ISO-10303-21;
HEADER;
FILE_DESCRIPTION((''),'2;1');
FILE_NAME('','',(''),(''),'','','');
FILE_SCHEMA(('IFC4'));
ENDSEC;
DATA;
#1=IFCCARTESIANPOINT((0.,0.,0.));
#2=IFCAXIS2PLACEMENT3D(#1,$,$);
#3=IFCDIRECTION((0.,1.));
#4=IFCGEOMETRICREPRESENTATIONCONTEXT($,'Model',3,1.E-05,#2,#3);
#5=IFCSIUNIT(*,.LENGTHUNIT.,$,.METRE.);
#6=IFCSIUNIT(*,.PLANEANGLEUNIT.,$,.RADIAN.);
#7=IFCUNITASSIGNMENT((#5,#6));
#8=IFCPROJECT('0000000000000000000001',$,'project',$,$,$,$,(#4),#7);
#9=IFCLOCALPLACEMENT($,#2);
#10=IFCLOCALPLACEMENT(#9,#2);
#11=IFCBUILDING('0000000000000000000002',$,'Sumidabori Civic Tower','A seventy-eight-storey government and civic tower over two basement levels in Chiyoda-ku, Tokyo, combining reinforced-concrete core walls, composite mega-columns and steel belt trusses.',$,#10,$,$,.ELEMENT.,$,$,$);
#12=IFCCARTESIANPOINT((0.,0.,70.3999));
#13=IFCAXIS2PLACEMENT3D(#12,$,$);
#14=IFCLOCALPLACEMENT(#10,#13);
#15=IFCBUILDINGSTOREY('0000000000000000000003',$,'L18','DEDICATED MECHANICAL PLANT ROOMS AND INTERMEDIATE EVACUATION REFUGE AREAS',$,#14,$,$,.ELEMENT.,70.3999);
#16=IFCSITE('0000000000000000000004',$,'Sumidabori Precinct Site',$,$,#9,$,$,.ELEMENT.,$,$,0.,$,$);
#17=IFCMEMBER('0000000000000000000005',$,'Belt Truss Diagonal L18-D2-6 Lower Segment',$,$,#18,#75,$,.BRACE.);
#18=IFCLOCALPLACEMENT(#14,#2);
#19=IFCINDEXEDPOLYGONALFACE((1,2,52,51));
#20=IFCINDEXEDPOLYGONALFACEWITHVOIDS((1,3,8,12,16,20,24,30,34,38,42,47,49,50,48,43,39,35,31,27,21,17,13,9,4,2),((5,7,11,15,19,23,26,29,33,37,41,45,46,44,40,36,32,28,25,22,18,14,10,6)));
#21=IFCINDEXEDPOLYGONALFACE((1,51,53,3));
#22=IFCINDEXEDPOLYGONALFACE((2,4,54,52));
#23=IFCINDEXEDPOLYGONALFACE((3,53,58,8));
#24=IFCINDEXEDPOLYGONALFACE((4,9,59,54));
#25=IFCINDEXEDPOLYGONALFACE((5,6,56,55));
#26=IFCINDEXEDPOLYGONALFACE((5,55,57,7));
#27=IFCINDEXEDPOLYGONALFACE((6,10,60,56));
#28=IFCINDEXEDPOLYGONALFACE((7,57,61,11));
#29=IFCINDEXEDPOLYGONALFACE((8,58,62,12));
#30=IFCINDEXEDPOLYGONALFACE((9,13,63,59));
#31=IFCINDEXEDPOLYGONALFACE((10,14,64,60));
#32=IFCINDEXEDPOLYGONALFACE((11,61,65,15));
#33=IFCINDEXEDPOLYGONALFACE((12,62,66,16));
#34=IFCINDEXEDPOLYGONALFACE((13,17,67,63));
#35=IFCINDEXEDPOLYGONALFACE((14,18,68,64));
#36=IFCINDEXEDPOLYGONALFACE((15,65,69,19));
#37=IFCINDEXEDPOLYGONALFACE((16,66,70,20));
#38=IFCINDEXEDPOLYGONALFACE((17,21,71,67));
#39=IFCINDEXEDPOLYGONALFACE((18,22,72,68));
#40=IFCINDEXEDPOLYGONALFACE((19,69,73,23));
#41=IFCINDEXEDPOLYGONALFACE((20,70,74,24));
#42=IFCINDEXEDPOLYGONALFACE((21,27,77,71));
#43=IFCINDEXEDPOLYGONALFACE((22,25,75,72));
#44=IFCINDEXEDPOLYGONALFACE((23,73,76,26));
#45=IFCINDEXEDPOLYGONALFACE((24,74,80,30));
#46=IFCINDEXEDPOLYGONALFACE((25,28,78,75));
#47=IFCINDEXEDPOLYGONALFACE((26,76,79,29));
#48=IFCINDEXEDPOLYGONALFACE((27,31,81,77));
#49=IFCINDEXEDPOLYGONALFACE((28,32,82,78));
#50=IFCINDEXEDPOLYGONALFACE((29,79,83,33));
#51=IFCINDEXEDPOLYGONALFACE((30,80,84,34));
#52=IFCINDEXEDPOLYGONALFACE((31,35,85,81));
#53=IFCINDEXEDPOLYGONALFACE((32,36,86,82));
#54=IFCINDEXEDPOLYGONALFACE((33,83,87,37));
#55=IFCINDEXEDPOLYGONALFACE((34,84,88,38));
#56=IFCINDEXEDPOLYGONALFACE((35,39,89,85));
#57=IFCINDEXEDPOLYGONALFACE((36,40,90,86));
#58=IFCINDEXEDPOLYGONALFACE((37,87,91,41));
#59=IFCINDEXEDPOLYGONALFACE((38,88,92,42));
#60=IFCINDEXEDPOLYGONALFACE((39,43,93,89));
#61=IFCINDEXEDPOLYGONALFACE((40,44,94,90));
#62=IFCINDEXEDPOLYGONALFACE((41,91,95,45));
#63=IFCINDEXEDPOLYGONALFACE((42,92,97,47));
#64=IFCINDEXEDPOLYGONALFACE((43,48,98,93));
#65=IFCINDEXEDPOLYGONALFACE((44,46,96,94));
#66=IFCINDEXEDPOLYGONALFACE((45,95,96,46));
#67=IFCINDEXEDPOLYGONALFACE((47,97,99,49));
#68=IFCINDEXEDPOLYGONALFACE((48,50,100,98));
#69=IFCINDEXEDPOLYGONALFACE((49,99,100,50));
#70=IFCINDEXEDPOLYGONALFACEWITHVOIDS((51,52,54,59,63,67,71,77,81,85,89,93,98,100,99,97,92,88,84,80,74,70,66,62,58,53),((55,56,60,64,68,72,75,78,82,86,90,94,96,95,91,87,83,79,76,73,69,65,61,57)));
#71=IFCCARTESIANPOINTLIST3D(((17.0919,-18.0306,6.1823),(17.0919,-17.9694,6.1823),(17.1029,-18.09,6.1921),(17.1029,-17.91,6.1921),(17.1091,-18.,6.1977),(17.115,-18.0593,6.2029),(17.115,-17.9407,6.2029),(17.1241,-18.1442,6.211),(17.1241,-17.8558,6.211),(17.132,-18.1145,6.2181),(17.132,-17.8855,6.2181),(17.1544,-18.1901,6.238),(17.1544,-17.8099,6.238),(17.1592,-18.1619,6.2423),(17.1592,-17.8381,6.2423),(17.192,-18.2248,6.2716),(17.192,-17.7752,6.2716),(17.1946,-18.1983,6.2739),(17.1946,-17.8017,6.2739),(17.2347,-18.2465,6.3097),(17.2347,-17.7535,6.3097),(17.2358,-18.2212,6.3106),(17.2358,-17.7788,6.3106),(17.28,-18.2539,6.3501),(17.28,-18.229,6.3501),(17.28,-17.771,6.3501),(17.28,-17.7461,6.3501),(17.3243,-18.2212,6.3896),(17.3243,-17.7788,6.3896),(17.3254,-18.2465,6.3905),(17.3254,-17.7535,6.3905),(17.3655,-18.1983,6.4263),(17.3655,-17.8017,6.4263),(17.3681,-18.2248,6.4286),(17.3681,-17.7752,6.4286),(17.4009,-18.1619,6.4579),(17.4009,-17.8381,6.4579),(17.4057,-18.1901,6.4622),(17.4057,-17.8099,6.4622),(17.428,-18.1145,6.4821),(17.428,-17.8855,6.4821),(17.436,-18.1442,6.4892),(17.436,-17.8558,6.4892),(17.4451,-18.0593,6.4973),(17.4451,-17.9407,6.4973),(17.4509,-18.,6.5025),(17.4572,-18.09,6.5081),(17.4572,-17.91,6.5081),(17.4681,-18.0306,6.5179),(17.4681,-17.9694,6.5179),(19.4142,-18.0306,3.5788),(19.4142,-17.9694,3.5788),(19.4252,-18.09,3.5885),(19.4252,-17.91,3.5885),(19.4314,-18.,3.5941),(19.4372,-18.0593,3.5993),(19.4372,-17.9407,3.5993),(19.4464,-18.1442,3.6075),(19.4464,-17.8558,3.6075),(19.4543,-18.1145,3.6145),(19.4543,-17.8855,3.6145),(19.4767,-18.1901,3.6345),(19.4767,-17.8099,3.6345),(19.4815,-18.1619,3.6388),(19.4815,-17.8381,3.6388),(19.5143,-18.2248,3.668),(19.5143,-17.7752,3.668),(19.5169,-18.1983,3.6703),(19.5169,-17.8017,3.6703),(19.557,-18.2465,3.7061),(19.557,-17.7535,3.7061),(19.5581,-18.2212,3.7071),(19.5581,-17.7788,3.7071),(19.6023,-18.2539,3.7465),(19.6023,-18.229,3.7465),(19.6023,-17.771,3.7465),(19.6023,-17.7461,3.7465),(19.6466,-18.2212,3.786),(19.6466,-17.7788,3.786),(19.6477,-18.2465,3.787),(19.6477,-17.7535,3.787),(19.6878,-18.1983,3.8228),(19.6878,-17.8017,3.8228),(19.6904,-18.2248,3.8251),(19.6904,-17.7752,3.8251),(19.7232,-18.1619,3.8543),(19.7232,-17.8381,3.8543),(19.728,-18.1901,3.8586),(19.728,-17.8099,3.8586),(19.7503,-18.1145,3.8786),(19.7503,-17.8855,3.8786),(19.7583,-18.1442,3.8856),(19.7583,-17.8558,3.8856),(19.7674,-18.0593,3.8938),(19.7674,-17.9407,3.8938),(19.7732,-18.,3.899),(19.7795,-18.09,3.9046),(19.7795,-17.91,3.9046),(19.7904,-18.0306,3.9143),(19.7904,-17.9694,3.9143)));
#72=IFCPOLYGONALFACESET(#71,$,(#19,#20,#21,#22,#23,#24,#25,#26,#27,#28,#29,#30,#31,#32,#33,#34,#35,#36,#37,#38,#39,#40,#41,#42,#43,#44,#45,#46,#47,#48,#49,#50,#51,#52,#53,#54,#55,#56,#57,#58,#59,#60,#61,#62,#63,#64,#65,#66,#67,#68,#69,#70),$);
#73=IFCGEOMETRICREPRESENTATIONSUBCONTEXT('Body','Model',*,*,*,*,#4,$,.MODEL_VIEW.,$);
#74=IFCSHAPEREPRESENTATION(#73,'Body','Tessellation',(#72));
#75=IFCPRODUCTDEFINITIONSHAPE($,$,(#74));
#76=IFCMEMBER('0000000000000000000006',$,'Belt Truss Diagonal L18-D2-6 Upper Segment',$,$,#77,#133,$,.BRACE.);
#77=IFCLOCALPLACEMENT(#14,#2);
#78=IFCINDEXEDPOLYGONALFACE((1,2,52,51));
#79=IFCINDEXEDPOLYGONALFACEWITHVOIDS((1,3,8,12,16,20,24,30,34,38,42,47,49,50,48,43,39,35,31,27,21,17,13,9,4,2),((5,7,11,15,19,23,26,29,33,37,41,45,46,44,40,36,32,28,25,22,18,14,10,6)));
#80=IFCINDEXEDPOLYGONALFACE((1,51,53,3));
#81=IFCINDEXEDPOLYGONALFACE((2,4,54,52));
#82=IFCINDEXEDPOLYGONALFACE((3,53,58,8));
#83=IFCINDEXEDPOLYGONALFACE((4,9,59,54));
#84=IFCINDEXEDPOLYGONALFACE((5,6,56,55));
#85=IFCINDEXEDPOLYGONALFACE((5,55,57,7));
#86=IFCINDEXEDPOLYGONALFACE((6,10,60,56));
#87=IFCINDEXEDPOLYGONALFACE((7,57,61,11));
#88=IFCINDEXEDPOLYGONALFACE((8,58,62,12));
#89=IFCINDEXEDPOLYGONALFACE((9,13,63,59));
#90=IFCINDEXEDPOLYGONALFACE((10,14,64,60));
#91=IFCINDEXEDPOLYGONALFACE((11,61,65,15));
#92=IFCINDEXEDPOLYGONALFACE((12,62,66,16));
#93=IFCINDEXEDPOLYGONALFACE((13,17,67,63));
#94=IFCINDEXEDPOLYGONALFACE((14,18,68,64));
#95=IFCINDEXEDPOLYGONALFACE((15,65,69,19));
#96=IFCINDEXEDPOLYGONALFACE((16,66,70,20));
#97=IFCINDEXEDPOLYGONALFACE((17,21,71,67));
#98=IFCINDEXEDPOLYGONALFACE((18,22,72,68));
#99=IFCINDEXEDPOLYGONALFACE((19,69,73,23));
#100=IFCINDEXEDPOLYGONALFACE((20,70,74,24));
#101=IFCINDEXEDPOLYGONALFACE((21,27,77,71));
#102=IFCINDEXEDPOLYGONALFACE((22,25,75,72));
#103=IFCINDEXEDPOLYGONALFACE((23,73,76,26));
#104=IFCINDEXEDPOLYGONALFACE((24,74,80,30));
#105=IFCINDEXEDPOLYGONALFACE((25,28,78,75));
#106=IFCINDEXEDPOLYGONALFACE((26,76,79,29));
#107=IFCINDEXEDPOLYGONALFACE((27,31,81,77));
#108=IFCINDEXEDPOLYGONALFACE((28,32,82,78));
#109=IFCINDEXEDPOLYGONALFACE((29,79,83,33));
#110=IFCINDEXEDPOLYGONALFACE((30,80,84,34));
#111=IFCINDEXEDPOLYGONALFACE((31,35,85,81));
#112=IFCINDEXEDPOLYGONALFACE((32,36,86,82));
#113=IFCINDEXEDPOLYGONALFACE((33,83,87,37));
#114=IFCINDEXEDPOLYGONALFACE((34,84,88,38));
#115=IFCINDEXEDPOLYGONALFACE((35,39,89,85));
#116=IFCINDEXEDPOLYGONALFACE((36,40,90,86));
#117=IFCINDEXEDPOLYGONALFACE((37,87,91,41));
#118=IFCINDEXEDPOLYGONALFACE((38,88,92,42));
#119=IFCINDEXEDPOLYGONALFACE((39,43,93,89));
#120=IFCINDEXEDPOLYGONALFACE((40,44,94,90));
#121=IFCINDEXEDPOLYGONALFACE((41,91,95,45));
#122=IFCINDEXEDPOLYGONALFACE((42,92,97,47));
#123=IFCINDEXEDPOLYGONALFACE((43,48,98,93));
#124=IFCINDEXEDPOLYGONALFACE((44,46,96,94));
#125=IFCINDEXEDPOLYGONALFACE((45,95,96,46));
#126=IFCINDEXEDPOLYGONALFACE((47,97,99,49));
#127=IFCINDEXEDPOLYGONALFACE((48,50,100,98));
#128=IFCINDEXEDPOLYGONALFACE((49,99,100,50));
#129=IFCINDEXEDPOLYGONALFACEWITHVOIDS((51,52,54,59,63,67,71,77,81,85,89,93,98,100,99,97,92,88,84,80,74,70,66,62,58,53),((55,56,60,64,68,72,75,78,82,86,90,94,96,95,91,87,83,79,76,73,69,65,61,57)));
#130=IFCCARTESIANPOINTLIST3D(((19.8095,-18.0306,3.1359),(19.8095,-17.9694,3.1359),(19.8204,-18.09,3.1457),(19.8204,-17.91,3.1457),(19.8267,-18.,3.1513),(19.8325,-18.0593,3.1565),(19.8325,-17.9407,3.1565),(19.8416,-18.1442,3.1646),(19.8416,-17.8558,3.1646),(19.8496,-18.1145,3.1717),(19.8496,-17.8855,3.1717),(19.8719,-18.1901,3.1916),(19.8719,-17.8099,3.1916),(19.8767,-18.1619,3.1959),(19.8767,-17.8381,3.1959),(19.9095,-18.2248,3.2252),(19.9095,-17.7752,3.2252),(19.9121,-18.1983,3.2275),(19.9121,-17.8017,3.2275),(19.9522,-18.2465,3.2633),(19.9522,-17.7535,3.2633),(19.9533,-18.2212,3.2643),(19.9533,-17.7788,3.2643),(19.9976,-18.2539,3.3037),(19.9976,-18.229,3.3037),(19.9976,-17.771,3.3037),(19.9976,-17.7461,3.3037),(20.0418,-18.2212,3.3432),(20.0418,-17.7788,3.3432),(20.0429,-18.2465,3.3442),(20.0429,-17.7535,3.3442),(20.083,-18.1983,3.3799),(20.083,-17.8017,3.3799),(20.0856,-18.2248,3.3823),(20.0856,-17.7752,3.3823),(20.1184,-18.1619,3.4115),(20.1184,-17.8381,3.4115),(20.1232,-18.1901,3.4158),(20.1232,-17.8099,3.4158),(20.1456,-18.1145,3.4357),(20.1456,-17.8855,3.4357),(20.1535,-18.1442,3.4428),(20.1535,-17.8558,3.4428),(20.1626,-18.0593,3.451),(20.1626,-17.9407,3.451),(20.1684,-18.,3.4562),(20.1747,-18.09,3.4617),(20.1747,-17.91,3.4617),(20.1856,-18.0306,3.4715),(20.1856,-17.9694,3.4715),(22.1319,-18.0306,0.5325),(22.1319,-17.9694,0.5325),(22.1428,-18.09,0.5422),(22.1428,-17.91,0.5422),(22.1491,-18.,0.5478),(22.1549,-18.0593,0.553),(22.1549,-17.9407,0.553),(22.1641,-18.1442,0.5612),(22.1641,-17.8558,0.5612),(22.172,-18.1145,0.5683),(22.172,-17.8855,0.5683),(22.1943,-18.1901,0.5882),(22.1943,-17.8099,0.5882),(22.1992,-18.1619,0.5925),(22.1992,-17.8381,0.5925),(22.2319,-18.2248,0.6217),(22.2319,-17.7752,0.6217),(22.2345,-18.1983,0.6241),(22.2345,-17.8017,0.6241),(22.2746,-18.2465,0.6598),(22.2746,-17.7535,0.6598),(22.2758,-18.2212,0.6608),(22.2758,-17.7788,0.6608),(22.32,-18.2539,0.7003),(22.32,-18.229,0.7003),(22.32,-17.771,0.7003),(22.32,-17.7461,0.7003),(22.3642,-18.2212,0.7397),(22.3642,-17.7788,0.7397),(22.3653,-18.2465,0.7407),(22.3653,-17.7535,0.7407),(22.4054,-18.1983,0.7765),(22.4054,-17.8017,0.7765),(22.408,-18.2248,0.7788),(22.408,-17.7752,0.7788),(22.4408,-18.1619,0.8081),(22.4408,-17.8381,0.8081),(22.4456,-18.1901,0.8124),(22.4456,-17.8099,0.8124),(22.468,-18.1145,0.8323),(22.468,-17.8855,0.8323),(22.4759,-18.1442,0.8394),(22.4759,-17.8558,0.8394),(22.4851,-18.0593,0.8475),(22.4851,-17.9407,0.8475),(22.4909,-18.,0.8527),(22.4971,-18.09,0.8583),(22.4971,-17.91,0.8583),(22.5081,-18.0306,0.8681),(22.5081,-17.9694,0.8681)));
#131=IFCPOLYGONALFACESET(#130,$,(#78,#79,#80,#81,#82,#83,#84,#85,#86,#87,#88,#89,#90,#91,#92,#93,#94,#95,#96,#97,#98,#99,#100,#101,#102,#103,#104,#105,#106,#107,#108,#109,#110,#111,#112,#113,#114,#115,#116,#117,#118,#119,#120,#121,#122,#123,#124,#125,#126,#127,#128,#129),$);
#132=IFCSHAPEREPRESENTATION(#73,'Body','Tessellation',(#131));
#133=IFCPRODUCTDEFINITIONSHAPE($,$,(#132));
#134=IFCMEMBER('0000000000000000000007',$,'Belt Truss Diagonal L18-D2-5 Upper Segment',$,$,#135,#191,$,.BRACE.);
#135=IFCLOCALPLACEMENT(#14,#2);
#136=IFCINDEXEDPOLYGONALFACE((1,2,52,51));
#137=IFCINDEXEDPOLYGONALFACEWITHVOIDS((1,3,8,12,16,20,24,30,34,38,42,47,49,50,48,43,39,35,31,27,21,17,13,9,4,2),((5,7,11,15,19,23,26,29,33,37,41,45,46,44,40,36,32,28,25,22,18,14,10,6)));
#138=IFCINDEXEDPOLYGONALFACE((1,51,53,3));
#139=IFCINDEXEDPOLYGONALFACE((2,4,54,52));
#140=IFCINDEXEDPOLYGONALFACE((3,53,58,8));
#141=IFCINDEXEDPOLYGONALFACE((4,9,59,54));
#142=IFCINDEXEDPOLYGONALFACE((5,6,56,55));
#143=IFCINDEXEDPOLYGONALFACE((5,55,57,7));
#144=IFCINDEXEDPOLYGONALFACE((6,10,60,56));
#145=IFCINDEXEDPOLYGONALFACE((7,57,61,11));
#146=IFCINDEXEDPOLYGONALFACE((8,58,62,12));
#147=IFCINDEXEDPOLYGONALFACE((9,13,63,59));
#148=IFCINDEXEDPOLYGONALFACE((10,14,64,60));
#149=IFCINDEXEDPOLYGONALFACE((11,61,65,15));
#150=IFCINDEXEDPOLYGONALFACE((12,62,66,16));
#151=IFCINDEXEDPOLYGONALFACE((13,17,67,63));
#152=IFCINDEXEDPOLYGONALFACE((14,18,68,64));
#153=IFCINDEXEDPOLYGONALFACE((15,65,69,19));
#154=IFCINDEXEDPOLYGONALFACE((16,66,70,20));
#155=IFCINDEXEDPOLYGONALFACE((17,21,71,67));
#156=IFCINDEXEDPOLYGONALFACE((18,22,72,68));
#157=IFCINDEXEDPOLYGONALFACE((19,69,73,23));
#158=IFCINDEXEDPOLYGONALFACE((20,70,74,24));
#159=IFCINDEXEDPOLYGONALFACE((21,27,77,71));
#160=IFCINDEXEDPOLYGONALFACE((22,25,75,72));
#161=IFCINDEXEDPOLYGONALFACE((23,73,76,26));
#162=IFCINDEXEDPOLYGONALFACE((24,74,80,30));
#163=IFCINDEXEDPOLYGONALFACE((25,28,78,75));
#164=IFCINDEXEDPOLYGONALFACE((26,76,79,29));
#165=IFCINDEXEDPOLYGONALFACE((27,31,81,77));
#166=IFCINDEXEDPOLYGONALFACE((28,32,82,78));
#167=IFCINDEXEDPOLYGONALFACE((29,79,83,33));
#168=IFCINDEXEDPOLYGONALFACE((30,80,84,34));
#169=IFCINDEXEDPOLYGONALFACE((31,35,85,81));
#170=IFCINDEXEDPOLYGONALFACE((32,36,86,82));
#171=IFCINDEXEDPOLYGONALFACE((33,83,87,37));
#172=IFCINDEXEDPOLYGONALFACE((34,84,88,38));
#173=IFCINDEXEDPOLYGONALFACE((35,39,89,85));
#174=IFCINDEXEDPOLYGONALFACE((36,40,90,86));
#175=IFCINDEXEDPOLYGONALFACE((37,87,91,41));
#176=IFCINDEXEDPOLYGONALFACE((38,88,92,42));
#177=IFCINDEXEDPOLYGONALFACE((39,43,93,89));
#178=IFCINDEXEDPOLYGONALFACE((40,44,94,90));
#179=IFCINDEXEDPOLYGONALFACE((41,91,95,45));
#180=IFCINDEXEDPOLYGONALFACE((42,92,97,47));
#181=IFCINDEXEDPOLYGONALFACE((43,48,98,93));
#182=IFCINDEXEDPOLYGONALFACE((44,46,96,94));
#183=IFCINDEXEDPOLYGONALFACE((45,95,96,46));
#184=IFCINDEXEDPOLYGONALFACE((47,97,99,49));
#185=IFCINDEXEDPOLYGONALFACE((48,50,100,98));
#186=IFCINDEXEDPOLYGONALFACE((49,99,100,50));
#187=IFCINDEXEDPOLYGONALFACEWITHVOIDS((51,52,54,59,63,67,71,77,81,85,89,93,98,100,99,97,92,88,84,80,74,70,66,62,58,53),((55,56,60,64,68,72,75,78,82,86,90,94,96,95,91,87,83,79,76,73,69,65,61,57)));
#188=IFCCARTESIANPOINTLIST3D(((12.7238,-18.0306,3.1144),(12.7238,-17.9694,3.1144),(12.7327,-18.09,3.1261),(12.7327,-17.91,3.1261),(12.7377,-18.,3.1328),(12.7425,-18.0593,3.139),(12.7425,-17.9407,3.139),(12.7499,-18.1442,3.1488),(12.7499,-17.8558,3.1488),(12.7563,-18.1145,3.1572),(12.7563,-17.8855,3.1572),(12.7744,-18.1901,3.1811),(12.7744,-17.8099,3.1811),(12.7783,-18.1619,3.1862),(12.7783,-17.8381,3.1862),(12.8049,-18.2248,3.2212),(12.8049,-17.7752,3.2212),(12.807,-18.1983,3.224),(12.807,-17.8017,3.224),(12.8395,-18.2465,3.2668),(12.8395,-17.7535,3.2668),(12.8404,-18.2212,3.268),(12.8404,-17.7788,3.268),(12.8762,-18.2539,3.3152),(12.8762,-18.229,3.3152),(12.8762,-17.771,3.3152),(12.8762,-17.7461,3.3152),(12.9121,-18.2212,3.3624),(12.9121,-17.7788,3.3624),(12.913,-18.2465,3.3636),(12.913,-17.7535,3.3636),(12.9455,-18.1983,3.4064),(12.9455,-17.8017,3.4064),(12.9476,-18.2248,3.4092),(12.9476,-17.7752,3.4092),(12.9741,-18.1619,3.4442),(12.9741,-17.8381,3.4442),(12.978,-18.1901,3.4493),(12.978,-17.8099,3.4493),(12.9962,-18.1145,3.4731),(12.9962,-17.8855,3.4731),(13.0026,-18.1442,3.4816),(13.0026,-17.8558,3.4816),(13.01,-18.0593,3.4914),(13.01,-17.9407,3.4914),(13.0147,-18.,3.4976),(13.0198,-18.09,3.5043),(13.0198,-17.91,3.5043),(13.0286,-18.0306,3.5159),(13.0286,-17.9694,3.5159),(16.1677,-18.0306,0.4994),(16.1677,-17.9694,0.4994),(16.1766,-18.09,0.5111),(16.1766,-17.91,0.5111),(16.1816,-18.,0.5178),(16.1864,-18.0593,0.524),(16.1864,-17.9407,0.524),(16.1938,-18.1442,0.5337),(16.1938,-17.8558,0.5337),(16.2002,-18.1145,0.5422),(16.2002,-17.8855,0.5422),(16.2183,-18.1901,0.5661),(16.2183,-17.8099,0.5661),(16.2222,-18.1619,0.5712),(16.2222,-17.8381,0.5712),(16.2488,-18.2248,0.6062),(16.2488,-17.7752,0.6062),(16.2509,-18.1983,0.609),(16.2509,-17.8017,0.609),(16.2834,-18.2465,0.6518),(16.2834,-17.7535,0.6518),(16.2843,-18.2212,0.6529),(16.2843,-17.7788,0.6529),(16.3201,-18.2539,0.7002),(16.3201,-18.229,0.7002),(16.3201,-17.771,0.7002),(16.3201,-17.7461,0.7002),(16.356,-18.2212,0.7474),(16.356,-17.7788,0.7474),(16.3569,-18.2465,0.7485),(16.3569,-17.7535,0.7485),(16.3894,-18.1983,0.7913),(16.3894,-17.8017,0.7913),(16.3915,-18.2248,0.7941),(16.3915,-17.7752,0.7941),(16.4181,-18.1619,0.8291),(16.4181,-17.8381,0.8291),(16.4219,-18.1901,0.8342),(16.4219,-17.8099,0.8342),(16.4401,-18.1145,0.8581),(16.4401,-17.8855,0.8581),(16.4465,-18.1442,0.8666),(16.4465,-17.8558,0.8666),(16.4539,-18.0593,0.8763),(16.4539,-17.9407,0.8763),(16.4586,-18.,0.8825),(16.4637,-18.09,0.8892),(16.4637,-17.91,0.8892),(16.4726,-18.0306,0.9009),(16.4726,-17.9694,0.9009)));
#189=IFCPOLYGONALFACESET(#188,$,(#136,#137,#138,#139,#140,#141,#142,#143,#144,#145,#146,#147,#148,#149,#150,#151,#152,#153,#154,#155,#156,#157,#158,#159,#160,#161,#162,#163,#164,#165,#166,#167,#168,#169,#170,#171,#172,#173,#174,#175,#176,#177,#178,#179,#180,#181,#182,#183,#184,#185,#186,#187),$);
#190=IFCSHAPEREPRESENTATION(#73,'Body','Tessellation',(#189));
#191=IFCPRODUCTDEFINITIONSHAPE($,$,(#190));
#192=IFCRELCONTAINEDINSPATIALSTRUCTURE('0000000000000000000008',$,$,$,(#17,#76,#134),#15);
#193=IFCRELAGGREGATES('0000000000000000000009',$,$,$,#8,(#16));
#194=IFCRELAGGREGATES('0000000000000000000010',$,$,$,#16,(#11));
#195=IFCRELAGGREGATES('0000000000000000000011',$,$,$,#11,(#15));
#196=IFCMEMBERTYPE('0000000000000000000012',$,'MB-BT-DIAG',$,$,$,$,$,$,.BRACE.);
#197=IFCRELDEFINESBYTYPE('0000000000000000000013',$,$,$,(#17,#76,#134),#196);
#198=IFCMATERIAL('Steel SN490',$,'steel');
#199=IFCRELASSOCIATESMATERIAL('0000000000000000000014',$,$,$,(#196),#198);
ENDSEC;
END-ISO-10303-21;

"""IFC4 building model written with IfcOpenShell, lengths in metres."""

from ifc_helpers import new_model, si_unit, direction, frame, origin, origin_2d, place, context, subcontext, project, spatial, hollow_circle, extrude, source, transform, mapped, material, material_profile, profile_set, type_object, element, save


model = new_model("IFC4")

# Units and contexts
model_context = context("Model", 3, precision=1e-05, world=origin(), true_north=direction((0.0, 1.0)))
body_context = subcontext(model_context, "Body", "Model", "MODEL_VIEW")
ifc_project = project(units=[si_unit("LENGTHUNIT", "METRE"), si_unit("PLANEANGLEUNIT", "RADIAN")], contexts=[model_context])

# Site, building, storey
site_placement = place(None, origin())
site = spatial("IfcSite", under=ifc_project, at=site_placement, Name="Sumidabori Precinct Site", CompositionType="ELEMENT", RefElevation=0.0)
building_placement = place(site_placement, origin())
building = spatial("IfcBuilding", under=site, at=building_placement, Name="Sumidabori Civic Tower", Description="A seventy-eight-storey government and civic tower over two basement levels in Chiyoda-ku, Tokyo, combining reinforced-concrete core walls, composite mega-columns and steel belt trusses.", CompositionType="ELEMENT")
storey_placement = place(building_placement, frame((0.0, 0.0, 70.3999)))
storey = spatial("IfcBuildingStorey", under=building, at=storey_placement, Name="L18", Description="DEDICATED MECHANICAL PLANT ROOMS AND INTERMEDIATE EVACUATION REFUGE AREAS", CompositionType="ELEMENT", Elevation=70.3999)

# Shared definitions
ifc_material_1 = material(Name="Steel SN490", Category="steel")

# Members
ifc_material_profile_1 = material_profile(ifc_material_1, hollow_circle(Radius=0.2539, WallThickness=0.0249, at=origin_2d()), Name="CHS 508x25")
ifc_profile_set_1 = profile_set([ifc_material_profile_1], Name="Steel SN490")
member_type = type_object("IfcMemberType", Name="MB-BT-DIAG", PredefinedType="BRACE", material=ifc_profile_set_1)
shared_shape_1 = source(origin(), body_context, "Body", "SweptSolid", [
    extrude(hollow_circle(Radius=0.2539, WallThickness=0.0249, at=origin_2d()), origin(), (0.0, 0.0, 1.0), 3.4888),
])
for number, where, z_axis, x_axis, name in (
    (1, (17.28, -18.0, 6.3501), (0.665649, 0.0, -0.746265), (0.0, 1.0, 0.0), "Belt Truss Diagonal L18-D2-6 Lower Segment"),
    (2, (19.9976, -18.0, 3.3037), (0.665688, 0.0, -0.746231), (0.0, 1.0, 0.0), "Belt Truss Diagonal L18-D2-6 Upper Segment"),
):
    element("IfcMember", number, at=place(storey_placement, frame(where, z_axis=z_axis, x_axis=x_axis)), inside=storey, type_object=member_type, Name=name, PredefinedType="BRACE", context=body_context, shape_type="MappedRepresentation", body=[
        mapped(shared_shape_1, transform((0.0, 0.0, 0.0), x_axis=(1.0, 0.0, 0.0), y_axis=(0.0, 1.0, 0.0), z_axis=(0.0, 0.0, 1.0), scale=1.0)),
    ])
shared_shape_2 = source(origin(), body_context, "Body", "SweptSolid", [
    extrude(hollow_circle(Radius=0.2539, WallThickness=0.0249, at=origin_2d()), origin(), (0.0, 0.0, 1.0), 4.3242),
])
member_1_placement = place(storey_placement, frame((12.8762, -18.0, 3.3152), z_axis=(0.796422, 0.0, -0.604741), x_axis=(0.0, 1.0, 0.0)))
element("IfcMember", 3, at=member_1_placement, inside=storey, type_object=member_type, Name="Belt Truss Diagonal L18-D2-5 Upper Segment", PredefinedType="BRACE", context=body_context, shape_type="MappedRepresentation", body=[
    mapped(shared_shape_2, transform((0.0, 0.0, 0.0), x_axis=(1.0, 0.0, 0.0), y_axis=(0.0, 1.0, 0.0), z_axis=(0.0, 0.0, 1.0), scale=1.0)),
])

save(model, "model.ifc")
